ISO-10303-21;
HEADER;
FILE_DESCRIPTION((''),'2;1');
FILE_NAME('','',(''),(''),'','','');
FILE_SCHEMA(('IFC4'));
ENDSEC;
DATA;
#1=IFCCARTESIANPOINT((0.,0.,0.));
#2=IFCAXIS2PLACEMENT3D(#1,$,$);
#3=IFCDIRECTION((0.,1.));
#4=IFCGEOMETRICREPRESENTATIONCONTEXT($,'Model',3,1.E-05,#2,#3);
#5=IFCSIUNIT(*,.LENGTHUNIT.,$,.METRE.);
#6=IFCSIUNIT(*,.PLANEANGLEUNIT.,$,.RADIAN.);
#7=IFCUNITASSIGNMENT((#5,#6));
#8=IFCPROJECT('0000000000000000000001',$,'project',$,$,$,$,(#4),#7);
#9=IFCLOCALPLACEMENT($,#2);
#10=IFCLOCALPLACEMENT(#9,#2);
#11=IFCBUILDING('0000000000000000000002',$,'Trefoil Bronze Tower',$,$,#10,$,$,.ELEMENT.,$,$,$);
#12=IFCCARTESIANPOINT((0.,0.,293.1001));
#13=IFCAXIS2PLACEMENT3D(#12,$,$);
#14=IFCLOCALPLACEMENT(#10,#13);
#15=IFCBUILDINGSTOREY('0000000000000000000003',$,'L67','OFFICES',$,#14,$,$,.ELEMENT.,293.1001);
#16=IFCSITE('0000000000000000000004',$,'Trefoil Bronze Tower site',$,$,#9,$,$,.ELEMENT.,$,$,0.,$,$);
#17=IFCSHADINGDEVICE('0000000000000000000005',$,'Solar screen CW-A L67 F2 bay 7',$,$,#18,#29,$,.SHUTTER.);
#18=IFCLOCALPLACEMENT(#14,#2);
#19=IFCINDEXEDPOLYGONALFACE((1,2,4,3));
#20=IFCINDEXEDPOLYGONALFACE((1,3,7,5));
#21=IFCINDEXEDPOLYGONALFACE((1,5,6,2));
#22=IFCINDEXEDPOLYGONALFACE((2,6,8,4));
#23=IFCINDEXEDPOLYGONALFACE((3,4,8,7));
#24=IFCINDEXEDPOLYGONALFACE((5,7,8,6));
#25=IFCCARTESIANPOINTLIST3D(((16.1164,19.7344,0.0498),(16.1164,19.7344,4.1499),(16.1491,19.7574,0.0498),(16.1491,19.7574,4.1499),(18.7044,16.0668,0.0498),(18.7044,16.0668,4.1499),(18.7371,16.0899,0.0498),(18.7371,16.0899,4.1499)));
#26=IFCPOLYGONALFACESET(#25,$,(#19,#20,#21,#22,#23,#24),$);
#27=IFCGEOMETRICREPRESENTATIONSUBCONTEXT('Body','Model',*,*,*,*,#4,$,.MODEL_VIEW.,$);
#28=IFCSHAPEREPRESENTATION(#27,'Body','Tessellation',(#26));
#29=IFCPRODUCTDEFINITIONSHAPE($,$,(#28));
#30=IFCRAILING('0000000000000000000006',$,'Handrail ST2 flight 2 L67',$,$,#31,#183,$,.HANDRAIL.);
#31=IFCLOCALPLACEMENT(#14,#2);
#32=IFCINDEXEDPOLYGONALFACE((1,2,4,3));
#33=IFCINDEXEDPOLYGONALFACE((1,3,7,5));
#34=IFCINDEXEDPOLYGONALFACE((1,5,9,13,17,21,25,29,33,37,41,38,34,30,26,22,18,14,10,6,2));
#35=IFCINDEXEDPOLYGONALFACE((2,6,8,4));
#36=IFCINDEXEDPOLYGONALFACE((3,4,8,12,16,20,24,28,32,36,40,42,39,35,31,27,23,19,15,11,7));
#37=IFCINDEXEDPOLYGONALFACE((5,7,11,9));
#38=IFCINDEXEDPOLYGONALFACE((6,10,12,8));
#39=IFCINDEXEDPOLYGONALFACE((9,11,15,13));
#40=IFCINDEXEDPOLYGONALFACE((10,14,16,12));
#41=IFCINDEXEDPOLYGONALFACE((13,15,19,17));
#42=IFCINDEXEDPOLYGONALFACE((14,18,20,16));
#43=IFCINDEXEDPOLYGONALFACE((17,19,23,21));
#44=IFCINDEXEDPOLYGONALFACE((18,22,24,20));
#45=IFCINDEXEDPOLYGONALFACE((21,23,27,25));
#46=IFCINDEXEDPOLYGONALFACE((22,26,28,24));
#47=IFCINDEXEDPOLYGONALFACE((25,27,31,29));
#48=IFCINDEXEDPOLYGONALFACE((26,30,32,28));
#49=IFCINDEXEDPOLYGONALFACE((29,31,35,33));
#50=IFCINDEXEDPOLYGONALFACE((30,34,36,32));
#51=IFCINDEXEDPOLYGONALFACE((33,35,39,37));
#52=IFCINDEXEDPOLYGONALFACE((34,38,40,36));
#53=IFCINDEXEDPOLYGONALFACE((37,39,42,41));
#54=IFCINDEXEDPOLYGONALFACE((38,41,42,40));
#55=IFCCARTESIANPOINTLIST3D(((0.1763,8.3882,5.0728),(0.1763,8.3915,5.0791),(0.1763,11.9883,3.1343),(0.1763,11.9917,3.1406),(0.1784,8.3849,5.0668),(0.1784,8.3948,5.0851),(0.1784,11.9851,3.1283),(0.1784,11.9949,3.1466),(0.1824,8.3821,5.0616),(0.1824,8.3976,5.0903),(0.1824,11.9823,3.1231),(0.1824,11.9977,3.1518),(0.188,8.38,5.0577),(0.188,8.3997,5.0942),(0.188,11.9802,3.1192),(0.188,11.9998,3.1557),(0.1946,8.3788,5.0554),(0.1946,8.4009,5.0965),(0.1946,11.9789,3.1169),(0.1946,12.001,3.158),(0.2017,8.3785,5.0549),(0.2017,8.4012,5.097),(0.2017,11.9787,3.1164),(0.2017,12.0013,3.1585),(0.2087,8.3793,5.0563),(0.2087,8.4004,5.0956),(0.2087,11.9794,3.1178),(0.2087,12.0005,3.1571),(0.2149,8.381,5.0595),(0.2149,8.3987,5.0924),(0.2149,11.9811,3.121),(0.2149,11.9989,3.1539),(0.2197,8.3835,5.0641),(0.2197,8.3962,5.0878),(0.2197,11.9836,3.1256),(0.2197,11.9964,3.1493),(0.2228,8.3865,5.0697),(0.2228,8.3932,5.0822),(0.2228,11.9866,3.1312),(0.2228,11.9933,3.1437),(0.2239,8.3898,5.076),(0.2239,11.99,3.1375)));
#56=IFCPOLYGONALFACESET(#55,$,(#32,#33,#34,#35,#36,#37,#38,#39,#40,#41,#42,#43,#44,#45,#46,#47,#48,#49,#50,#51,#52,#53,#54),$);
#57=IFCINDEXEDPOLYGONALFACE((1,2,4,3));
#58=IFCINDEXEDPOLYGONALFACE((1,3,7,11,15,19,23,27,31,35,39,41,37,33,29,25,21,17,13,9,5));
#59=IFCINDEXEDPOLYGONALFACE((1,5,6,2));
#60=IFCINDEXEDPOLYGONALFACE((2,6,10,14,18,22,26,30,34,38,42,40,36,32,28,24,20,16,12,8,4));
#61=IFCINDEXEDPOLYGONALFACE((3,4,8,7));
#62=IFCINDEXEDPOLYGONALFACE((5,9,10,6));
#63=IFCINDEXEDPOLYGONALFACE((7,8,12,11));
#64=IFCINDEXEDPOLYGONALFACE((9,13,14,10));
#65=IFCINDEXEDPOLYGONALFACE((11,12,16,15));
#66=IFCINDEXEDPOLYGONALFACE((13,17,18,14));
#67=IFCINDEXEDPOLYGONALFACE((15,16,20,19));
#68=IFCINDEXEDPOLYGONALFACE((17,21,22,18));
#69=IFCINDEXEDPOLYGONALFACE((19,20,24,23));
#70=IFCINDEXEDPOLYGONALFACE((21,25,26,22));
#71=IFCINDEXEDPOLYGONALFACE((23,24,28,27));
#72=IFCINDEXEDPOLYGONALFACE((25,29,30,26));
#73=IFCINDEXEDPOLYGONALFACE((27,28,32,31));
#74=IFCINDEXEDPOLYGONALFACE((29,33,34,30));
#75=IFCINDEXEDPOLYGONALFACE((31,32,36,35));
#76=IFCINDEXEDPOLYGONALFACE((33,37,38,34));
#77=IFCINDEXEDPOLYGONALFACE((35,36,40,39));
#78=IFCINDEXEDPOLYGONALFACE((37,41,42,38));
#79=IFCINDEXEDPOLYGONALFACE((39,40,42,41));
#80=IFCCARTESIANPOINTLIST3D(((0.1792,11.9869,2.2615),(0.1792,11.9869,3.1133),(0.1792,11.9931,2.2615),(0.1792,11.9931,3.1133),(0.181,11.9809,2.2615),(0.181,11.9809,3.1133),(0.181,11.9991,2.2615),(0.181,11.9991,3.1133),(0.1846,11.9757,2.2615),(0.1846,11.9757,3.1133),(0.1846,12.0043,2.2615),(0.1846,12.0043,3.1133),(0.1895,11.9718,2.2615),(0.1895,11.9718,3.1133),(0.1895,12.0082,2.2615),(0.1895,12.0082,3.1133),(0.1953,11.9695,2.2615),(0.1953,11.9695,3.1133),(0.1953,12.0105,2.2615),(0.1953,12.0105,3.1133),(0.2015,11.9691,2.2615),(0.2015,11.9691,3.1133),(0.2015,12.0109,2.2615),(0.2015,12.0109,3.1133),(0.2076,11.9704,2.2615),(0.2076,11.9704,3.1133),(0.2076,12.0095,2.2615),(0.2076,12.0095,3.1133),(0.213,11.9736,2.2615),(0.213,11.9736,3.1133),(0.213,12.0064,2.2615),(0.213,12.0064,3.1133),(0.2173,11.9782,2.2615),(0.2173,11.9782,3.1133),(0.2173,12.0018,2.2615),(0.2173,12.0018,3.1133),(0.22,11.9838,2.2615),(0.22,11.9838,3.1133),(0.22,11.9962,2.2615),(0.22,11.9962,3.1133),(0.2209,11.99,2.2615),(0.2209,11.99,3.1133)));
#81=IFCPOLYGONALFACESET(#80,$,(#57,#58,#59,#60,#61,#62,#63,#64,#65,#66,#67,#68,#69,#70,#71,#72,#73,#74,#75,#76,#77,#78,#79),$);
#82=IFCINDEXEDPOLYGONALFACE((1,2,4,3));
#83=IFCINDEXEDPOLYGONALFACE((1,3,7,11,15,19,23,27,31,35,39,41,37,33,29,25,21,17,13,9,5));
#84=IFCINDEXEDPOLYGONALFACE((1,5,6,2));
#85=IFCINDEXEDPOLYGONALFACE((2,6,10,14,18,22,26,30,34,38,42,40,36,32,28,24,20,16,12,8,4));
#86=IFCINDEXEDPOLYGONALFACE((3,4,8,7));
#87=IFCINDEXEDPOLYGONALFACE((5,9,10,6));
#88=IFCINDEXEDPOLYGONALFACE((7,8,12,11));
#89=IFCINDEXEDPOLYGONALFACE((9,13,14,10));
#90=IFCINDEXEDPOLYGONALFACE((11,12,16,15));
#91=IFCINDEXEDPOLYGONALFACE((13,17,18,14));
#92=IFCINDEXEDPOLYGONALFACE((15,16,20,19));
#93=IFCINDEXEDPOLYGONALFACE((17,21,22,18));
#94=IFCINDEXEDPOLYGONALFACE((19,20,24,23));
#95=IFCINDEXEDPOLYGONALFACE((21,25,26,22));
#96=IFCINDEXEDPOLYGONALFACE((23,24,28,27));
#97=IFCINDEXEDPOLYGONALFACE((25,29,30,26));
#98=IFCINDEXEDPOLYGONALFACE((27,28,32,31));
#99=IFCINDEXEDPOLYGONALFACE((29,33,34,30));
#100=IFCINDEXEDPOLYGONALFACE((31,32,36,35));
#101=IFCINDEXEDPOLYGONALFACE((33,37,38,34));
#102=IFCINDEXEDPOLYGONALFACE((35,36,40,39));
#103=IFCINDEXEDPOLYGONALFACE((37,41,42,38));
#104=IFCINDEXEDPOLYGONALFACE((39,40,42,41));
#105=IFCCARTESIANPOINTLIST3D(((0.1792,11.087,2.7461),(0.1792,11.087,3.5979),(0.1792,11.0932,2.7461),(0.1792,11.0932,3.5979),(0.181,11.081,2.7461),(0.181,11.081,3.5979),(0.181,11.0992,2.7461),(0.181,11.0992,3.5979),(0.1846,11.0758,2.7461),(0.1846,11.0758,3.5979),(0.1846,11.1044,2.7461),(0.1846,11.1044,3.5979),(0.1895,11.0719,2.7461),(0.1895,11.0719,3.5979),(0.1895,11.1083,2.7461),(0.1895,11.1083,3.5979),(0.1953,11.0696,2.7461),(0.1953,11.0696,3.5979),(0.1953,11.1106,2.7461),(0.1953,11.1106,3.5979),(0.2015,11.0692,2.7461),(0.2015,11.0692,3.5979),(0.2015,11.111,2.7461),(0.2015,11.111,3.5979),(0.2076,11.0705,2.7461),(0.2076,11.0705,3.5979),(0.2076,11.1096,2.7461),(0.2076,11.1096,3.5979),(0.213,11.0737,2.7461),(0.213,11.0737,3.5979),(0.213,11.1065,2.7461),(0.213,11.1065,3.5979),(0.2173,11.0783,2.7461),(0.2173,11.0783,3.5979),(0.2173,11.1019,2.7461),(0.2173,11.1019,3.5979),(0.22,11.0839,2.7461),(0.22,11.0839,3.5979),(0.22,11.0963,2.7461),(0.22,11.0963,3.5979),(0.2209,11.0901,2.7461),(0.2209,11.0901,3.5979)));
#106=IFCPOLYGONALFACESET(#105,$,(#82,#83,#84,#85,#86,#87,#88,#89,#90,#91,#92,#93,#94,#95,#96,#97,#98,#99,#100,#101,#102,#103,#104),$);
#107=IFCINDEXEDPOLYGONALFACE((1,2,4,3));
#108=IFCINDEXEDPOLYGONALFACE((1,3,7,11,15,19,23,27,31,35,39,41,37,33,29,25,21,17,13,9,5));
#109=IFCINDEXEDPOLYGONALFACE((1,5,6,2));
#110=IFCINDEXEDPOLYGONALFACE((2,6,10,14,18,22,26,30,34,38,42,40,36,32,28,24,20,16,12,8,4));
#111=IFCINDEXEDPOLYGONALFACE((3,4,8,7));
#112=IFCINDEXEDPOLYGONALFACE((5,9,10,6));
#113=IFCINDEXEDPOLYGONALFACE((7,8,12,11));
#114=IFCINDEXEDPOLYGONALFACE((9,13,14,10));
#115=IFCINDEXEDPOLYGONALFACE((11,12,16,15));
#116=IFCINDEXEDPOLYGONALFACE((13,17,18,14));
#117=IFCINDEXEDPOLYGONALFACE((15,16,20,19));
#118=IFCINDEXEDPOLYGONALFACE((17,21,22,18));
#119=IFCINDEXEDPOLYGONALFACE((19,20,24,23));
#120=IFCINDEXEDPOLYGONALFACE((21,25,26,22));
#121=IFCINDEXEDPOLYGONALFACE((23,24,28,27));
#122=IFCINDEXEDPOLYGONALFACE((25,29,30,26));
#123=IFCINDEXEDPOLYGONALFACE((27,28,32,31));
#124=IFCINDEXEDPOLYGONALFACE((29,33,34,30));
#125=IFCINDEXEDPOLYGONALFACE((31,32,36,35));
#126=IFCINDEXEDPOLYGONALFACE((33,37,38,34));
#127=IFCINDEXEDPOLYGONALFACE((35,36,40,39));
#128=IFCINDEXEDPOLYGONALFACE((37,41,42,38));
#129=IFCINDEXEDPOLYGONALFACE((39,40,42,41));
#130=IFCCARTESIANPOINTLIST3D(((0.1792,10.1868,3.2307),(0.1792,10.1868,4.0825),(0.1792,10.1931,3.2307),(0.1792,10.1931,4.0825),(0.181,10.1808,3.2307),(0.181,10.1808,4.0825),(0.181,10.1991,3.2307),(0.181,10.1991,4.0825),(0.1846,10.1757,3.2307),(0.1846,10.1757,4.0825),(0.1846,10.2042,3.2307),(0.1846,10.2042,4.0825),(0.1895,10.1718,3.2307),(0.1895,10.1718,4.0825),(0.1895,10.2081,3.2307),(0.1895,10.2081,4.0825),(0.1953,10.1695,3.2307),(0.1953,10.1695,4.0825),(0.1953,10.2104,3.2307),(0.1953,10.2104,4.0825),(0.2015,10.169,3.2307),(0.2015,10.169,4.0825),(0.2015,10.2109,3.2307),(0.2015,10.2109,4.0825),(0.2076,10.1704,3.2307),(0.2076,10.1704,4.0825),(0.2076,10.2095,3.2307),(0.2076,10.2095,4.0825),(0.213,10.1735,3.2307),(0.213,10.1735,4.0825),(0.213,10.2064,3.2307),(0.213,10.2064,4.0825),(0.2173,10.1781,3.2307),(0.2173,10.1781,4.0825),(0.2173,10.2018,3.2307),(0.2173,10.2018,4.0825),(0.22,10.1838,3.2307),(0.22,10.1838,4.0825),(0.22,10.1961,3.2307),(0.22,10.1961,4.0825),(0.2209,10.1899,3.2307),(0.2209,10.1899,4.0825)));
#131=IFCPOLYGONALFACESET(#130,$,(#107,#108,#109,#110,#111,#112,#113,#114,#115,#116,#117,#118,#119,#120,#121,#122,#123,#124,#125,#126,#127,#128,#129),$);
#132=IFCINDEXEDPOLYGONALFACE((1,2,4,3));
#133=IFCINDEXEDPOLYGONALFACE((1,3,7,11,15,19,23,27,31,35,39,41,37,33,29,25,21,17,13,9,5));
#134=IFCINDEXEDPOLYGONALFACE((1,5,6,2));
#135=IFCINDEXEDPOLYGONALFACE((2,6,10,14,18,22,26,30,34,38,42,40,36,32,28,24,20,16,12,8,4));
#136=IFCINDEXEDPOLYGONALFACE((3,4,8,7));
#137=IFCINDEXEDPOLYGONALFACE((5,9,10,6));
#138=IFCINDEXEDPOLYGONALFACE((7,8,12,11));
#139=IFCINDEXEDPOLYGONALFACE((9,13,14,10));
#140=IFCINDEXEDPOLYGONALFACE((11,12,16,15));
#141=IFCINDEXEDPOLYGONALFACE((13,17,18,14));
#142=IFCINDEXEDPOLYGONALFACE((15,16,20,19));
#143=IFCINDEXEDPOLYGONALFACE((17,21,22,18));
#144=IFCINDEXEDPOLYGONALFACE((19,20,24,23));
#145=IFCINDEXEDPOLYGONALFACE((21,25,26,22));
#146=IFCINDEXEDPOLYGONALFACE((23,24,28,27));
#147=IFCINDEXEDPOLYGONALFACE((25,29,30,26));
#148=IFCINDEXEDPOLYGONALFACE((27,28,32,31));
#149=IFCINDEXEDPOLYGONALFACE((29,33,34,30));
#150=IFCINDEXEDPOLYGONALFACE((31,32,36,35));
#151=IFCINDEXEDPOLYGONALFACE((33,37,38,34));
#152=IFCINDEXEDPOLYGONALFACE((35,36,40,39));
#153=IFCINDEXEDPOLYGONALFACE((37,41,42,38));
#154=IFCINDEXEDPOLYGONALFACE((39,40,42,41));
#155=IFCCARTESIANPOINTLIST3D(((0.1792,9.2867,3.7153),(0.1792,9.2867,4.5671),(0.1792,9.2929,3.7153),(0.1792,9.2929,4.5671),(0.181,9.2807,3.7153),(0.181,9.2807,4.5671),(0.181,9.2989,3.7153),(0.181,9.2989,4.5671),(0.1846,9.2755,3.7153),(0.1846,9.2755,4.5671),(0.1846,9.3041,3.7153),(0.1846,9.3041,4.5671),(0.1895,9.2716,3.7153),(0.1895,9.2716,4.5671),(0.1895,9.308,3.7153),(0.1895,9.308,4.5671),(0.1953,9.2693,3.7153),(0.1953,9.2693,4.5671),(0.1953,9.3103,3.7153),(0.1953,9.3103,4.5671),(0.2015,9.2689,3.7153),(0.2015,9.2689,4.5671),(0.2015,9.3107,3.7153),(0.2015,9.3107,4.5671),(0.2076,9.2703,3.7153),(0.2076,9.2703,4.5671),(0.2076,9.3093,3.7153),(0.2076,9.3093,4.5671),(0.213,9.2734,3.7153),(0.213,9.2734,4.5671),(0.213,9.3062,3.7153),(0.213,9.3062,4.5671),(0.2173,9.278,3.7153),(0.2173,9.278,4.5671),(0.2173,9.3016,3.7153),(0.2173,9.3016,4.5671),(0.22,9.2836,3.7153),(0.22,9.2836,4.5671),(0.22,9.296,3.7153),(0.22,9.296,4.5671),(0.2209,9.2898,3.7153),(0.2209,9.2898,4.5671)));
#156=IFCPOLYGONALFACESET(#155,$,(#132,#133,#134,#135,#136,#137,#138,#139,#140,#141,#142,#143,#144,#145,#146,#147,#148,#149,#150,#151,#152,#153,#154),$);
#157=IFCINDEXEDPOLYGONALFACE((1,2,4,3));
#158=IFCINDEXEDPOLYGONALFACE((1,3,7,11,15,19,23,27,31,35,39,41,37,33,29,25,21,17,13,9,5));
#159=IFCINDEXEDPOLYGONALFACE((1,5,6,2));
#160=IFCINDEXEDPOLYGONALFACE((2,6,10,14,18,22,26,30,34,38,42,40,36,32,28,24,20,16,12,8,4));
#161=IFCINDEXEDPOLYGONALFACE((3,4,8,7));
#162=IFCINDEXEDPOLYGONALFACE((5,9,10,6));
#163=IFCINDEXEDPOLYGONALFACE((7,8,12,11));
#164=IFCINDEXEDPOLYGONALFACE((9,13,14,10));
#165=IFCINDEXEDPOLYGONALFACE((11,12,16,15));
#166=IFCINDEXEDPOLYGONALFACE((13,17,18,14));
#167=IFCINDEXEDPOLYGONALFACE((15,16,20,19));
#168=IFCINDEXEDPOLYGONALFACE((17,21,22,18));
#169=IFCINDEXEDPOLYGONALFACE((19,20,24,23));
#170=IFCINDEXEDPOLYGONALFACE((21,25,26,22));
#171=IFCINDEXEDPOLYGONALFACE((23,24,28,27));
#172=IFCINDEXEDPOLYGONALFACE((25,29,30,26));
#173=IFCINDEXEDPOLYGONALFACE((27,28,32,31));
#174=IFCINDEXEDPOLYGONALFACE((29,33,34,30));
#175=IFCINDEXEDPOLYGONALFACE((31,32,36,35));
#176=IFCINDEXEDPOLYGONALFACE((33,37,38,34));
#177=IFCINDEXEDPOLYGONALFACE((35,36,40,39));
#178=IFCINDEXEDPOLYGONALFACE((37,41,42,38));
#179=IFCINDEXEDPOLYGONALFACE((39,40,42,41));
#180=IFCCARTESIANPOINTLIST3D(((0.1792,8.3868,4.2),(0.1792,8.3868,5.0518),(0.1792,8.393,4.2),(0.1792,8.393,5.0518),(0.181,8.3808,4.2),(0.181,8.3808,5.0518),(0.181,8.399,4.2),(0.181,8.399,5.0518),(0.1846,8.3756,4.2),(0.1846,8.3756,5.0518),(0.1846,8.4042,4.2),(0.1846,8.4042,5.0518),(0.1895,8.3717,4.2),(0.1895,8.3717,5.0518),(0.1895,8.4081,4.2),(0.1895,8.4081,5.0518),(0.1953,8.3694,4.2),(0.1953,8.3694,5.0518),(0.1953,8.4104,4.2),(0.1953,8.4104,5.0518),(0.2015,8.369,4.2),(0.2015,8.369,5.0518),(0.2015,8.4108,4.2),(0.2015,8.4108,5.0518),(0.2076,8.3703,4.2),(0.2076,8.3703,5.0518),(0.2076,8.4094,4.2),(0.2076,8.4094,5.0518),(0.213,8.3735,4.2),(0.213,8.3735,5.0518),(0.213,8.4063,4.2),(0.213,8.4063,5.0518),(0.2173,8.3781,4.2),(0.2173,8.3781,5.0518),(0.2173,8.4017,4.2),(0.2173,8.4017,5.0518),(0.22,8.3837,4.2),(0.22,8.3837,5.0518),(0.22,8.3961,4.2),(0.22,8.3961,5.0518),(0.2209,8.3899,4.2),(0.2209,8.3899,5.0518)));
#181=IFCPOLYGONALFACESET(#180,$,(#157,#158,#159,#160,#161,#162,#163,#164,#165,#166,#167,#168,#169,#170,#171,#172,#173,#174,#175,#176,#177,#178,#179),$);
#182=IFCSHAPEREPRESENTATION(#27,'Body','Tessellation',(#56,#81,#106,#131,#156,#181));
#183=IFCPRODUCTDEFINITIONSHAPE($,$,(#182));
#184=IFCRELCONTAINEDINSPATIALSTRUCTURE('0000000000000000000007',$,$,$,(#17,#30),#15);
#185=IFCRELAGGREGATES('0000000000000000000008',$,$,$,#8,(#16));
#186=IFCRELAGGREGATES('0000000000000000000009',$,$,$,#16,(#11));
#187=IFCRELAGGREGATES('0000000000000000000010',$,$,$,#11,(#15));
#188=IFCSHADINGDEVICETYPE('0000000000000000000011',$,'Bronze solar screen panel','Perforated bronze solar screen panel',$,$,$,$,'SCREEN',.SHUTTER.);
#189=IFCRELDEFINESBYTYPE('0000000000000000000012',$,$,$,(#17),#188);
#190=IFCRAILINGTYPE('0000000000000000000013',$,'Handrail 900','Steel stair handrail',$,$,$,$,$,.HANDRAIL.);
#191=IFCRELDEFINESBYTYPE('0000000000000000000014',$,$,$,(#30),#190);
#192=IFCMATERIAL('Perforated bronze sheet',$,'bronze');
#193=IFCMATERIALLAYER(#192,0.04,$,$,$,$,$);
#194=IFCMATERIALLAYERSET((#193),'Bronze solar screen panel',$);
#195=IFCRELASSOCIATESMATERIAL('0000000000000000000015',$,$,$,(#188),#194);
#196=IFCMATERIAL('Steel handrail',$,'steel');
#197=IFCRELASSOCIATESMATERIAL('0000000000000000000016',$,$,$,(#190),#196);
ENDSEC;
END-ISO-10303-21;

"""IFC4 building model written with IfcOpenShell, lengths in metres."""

from ifc_helpers import new_model, si_unit, direction, frame, origin, origin_2d, place, context, subcontext, project, spatial, rectangle, circle, extrude, material, layer, layer_set, type_object, element, save


model = new_model("IFC4")

# Units and contexts
model_context = context("Model", 3, precision=1e-05, world=origin(), true_north=direction((0.0, 1.0)))
body_context = subcontext(model_context, "Body", "Model", "MODEL_VIEW")
ifc_project = project(units=[si_unit("LENGTHUNIT", "METRE"), si_unit("PLANEANGLEUNIT", "RADIAN")], contexts=[model_context])

# Site, building, storey
site_placement = place(None, origin())
site = spatial("IfcSite", under=ifc_project, at=site_placement, Name="Trefoil Bronze Tower site", CompositionType="ELEMENT", RefElevation=0.0)
building_placement = place(site_placement, origin())
building = spatial("IfcBuilding", under=site, at=building_placement, Name="Trefoil Bronze Tower", CompositionType="ELEMENT")
storey_placement = place(building_placement, frame((0.0, 0.0, 293.1001)))
storey = spatial("IfcBuildingStorey", under=building, at=storey_placement, Name="L67", Description="OFFICES", CompositionType="ELEMENT", Elevation=293.1001)

# Shading device
ifc_material_1 = material(Name="Perforated bronze sheet", Category="bronze")
ifc_layer_1 = layer(ifc_material_1, 0.04)
ifc_layer_set_1 = layer_set([ifc_layer_1], Name="Bronze solar screen panel")
shading_device_type = type_object("IfcShadingDeviceType", Name="Bronze solar screen panel", Description="Perforated bronze solar screen panel", ElementType="SCREEN", PredefinedType="SHUTTER", material=ifc_layer_set_1)
shading_device_placement = place(storey_placement, frame((17.4268, 17.9121, 0.0498), z_axis=(0.0, 0.0, 1.0), x_axis=(-0.576561, 0.817054, 0.0)))
element("IfcShadingDevice", 1, at=shading_device_placement, inside=storey, type_object=shading_device_type, Name="Solar screen CW-A L67 F2 bay 7", PredefinedType="SHUTTER", context=body_context, shape_type="SweptSolid", body=[
    extrude(rectangle(XDim=4.4888, YDim=0.04, at=origin_2d()), origin(), (0.0, 0.0, 1.0), 4.1001),
])

# Railing
ifc_material_2 = material(Name="Steel handrail", Category="steel")
railing_type = type_object("IfcRailingType", Name="Handrail 900", Description="Steel stair handrail", PredefinedType="HANDRAIL", material=ifc_material_2)
railing_placement = place(storey_placement, frame((0.2, 11.99, 2.2615)))
element("IfcRailing", 2, at=railing_placement, inside=storey, type_object=railing_type, Name="Handrail ST2 flight 2 L67", PredefinedType="HANDRAIL", context=body_context, shape_type="SweptSolid", body=[
    extrude(circle(Radius=0.0239, at=origin_2d()), frame((0.0, 0.0, 0.876), z_axis=(0.0, -0.880475, 0.474093), x_axis=(1.0, 0.0, 0.0)), (0.0, 0.0, 1.0), 4.0889),
    extrude(circle(Radius=0.021, at=origin_2d()), origin(), (0.0, 0.0, 1.0), 0.8518),
    extrude(circle(Radius=0.021, at=origin_2d()), frame((0.0, -0.8999, 0.4846)), (0.0, 0.0, 1.0), 0.8518),
    extrude(circle(Radius=0.021, at=origin_2d()), frame((0.0, -1.8, 0.9692)), (0.0, 0.0, 1.0), 0.8518),
    extrude(circle(Radius=0.021, at=origin_2d()), frame((0.0, -2.7002, 1.4539)), (0.0, 0.0, 1.0), 0.8518),
    extrude(circle(Radius=0.021, at=origin_2d()), frame((0.0, -3.6001, 1.9385)), (0.0, 0.0, 1.0), 0.8518),
])

save(model, "model.ifc")
